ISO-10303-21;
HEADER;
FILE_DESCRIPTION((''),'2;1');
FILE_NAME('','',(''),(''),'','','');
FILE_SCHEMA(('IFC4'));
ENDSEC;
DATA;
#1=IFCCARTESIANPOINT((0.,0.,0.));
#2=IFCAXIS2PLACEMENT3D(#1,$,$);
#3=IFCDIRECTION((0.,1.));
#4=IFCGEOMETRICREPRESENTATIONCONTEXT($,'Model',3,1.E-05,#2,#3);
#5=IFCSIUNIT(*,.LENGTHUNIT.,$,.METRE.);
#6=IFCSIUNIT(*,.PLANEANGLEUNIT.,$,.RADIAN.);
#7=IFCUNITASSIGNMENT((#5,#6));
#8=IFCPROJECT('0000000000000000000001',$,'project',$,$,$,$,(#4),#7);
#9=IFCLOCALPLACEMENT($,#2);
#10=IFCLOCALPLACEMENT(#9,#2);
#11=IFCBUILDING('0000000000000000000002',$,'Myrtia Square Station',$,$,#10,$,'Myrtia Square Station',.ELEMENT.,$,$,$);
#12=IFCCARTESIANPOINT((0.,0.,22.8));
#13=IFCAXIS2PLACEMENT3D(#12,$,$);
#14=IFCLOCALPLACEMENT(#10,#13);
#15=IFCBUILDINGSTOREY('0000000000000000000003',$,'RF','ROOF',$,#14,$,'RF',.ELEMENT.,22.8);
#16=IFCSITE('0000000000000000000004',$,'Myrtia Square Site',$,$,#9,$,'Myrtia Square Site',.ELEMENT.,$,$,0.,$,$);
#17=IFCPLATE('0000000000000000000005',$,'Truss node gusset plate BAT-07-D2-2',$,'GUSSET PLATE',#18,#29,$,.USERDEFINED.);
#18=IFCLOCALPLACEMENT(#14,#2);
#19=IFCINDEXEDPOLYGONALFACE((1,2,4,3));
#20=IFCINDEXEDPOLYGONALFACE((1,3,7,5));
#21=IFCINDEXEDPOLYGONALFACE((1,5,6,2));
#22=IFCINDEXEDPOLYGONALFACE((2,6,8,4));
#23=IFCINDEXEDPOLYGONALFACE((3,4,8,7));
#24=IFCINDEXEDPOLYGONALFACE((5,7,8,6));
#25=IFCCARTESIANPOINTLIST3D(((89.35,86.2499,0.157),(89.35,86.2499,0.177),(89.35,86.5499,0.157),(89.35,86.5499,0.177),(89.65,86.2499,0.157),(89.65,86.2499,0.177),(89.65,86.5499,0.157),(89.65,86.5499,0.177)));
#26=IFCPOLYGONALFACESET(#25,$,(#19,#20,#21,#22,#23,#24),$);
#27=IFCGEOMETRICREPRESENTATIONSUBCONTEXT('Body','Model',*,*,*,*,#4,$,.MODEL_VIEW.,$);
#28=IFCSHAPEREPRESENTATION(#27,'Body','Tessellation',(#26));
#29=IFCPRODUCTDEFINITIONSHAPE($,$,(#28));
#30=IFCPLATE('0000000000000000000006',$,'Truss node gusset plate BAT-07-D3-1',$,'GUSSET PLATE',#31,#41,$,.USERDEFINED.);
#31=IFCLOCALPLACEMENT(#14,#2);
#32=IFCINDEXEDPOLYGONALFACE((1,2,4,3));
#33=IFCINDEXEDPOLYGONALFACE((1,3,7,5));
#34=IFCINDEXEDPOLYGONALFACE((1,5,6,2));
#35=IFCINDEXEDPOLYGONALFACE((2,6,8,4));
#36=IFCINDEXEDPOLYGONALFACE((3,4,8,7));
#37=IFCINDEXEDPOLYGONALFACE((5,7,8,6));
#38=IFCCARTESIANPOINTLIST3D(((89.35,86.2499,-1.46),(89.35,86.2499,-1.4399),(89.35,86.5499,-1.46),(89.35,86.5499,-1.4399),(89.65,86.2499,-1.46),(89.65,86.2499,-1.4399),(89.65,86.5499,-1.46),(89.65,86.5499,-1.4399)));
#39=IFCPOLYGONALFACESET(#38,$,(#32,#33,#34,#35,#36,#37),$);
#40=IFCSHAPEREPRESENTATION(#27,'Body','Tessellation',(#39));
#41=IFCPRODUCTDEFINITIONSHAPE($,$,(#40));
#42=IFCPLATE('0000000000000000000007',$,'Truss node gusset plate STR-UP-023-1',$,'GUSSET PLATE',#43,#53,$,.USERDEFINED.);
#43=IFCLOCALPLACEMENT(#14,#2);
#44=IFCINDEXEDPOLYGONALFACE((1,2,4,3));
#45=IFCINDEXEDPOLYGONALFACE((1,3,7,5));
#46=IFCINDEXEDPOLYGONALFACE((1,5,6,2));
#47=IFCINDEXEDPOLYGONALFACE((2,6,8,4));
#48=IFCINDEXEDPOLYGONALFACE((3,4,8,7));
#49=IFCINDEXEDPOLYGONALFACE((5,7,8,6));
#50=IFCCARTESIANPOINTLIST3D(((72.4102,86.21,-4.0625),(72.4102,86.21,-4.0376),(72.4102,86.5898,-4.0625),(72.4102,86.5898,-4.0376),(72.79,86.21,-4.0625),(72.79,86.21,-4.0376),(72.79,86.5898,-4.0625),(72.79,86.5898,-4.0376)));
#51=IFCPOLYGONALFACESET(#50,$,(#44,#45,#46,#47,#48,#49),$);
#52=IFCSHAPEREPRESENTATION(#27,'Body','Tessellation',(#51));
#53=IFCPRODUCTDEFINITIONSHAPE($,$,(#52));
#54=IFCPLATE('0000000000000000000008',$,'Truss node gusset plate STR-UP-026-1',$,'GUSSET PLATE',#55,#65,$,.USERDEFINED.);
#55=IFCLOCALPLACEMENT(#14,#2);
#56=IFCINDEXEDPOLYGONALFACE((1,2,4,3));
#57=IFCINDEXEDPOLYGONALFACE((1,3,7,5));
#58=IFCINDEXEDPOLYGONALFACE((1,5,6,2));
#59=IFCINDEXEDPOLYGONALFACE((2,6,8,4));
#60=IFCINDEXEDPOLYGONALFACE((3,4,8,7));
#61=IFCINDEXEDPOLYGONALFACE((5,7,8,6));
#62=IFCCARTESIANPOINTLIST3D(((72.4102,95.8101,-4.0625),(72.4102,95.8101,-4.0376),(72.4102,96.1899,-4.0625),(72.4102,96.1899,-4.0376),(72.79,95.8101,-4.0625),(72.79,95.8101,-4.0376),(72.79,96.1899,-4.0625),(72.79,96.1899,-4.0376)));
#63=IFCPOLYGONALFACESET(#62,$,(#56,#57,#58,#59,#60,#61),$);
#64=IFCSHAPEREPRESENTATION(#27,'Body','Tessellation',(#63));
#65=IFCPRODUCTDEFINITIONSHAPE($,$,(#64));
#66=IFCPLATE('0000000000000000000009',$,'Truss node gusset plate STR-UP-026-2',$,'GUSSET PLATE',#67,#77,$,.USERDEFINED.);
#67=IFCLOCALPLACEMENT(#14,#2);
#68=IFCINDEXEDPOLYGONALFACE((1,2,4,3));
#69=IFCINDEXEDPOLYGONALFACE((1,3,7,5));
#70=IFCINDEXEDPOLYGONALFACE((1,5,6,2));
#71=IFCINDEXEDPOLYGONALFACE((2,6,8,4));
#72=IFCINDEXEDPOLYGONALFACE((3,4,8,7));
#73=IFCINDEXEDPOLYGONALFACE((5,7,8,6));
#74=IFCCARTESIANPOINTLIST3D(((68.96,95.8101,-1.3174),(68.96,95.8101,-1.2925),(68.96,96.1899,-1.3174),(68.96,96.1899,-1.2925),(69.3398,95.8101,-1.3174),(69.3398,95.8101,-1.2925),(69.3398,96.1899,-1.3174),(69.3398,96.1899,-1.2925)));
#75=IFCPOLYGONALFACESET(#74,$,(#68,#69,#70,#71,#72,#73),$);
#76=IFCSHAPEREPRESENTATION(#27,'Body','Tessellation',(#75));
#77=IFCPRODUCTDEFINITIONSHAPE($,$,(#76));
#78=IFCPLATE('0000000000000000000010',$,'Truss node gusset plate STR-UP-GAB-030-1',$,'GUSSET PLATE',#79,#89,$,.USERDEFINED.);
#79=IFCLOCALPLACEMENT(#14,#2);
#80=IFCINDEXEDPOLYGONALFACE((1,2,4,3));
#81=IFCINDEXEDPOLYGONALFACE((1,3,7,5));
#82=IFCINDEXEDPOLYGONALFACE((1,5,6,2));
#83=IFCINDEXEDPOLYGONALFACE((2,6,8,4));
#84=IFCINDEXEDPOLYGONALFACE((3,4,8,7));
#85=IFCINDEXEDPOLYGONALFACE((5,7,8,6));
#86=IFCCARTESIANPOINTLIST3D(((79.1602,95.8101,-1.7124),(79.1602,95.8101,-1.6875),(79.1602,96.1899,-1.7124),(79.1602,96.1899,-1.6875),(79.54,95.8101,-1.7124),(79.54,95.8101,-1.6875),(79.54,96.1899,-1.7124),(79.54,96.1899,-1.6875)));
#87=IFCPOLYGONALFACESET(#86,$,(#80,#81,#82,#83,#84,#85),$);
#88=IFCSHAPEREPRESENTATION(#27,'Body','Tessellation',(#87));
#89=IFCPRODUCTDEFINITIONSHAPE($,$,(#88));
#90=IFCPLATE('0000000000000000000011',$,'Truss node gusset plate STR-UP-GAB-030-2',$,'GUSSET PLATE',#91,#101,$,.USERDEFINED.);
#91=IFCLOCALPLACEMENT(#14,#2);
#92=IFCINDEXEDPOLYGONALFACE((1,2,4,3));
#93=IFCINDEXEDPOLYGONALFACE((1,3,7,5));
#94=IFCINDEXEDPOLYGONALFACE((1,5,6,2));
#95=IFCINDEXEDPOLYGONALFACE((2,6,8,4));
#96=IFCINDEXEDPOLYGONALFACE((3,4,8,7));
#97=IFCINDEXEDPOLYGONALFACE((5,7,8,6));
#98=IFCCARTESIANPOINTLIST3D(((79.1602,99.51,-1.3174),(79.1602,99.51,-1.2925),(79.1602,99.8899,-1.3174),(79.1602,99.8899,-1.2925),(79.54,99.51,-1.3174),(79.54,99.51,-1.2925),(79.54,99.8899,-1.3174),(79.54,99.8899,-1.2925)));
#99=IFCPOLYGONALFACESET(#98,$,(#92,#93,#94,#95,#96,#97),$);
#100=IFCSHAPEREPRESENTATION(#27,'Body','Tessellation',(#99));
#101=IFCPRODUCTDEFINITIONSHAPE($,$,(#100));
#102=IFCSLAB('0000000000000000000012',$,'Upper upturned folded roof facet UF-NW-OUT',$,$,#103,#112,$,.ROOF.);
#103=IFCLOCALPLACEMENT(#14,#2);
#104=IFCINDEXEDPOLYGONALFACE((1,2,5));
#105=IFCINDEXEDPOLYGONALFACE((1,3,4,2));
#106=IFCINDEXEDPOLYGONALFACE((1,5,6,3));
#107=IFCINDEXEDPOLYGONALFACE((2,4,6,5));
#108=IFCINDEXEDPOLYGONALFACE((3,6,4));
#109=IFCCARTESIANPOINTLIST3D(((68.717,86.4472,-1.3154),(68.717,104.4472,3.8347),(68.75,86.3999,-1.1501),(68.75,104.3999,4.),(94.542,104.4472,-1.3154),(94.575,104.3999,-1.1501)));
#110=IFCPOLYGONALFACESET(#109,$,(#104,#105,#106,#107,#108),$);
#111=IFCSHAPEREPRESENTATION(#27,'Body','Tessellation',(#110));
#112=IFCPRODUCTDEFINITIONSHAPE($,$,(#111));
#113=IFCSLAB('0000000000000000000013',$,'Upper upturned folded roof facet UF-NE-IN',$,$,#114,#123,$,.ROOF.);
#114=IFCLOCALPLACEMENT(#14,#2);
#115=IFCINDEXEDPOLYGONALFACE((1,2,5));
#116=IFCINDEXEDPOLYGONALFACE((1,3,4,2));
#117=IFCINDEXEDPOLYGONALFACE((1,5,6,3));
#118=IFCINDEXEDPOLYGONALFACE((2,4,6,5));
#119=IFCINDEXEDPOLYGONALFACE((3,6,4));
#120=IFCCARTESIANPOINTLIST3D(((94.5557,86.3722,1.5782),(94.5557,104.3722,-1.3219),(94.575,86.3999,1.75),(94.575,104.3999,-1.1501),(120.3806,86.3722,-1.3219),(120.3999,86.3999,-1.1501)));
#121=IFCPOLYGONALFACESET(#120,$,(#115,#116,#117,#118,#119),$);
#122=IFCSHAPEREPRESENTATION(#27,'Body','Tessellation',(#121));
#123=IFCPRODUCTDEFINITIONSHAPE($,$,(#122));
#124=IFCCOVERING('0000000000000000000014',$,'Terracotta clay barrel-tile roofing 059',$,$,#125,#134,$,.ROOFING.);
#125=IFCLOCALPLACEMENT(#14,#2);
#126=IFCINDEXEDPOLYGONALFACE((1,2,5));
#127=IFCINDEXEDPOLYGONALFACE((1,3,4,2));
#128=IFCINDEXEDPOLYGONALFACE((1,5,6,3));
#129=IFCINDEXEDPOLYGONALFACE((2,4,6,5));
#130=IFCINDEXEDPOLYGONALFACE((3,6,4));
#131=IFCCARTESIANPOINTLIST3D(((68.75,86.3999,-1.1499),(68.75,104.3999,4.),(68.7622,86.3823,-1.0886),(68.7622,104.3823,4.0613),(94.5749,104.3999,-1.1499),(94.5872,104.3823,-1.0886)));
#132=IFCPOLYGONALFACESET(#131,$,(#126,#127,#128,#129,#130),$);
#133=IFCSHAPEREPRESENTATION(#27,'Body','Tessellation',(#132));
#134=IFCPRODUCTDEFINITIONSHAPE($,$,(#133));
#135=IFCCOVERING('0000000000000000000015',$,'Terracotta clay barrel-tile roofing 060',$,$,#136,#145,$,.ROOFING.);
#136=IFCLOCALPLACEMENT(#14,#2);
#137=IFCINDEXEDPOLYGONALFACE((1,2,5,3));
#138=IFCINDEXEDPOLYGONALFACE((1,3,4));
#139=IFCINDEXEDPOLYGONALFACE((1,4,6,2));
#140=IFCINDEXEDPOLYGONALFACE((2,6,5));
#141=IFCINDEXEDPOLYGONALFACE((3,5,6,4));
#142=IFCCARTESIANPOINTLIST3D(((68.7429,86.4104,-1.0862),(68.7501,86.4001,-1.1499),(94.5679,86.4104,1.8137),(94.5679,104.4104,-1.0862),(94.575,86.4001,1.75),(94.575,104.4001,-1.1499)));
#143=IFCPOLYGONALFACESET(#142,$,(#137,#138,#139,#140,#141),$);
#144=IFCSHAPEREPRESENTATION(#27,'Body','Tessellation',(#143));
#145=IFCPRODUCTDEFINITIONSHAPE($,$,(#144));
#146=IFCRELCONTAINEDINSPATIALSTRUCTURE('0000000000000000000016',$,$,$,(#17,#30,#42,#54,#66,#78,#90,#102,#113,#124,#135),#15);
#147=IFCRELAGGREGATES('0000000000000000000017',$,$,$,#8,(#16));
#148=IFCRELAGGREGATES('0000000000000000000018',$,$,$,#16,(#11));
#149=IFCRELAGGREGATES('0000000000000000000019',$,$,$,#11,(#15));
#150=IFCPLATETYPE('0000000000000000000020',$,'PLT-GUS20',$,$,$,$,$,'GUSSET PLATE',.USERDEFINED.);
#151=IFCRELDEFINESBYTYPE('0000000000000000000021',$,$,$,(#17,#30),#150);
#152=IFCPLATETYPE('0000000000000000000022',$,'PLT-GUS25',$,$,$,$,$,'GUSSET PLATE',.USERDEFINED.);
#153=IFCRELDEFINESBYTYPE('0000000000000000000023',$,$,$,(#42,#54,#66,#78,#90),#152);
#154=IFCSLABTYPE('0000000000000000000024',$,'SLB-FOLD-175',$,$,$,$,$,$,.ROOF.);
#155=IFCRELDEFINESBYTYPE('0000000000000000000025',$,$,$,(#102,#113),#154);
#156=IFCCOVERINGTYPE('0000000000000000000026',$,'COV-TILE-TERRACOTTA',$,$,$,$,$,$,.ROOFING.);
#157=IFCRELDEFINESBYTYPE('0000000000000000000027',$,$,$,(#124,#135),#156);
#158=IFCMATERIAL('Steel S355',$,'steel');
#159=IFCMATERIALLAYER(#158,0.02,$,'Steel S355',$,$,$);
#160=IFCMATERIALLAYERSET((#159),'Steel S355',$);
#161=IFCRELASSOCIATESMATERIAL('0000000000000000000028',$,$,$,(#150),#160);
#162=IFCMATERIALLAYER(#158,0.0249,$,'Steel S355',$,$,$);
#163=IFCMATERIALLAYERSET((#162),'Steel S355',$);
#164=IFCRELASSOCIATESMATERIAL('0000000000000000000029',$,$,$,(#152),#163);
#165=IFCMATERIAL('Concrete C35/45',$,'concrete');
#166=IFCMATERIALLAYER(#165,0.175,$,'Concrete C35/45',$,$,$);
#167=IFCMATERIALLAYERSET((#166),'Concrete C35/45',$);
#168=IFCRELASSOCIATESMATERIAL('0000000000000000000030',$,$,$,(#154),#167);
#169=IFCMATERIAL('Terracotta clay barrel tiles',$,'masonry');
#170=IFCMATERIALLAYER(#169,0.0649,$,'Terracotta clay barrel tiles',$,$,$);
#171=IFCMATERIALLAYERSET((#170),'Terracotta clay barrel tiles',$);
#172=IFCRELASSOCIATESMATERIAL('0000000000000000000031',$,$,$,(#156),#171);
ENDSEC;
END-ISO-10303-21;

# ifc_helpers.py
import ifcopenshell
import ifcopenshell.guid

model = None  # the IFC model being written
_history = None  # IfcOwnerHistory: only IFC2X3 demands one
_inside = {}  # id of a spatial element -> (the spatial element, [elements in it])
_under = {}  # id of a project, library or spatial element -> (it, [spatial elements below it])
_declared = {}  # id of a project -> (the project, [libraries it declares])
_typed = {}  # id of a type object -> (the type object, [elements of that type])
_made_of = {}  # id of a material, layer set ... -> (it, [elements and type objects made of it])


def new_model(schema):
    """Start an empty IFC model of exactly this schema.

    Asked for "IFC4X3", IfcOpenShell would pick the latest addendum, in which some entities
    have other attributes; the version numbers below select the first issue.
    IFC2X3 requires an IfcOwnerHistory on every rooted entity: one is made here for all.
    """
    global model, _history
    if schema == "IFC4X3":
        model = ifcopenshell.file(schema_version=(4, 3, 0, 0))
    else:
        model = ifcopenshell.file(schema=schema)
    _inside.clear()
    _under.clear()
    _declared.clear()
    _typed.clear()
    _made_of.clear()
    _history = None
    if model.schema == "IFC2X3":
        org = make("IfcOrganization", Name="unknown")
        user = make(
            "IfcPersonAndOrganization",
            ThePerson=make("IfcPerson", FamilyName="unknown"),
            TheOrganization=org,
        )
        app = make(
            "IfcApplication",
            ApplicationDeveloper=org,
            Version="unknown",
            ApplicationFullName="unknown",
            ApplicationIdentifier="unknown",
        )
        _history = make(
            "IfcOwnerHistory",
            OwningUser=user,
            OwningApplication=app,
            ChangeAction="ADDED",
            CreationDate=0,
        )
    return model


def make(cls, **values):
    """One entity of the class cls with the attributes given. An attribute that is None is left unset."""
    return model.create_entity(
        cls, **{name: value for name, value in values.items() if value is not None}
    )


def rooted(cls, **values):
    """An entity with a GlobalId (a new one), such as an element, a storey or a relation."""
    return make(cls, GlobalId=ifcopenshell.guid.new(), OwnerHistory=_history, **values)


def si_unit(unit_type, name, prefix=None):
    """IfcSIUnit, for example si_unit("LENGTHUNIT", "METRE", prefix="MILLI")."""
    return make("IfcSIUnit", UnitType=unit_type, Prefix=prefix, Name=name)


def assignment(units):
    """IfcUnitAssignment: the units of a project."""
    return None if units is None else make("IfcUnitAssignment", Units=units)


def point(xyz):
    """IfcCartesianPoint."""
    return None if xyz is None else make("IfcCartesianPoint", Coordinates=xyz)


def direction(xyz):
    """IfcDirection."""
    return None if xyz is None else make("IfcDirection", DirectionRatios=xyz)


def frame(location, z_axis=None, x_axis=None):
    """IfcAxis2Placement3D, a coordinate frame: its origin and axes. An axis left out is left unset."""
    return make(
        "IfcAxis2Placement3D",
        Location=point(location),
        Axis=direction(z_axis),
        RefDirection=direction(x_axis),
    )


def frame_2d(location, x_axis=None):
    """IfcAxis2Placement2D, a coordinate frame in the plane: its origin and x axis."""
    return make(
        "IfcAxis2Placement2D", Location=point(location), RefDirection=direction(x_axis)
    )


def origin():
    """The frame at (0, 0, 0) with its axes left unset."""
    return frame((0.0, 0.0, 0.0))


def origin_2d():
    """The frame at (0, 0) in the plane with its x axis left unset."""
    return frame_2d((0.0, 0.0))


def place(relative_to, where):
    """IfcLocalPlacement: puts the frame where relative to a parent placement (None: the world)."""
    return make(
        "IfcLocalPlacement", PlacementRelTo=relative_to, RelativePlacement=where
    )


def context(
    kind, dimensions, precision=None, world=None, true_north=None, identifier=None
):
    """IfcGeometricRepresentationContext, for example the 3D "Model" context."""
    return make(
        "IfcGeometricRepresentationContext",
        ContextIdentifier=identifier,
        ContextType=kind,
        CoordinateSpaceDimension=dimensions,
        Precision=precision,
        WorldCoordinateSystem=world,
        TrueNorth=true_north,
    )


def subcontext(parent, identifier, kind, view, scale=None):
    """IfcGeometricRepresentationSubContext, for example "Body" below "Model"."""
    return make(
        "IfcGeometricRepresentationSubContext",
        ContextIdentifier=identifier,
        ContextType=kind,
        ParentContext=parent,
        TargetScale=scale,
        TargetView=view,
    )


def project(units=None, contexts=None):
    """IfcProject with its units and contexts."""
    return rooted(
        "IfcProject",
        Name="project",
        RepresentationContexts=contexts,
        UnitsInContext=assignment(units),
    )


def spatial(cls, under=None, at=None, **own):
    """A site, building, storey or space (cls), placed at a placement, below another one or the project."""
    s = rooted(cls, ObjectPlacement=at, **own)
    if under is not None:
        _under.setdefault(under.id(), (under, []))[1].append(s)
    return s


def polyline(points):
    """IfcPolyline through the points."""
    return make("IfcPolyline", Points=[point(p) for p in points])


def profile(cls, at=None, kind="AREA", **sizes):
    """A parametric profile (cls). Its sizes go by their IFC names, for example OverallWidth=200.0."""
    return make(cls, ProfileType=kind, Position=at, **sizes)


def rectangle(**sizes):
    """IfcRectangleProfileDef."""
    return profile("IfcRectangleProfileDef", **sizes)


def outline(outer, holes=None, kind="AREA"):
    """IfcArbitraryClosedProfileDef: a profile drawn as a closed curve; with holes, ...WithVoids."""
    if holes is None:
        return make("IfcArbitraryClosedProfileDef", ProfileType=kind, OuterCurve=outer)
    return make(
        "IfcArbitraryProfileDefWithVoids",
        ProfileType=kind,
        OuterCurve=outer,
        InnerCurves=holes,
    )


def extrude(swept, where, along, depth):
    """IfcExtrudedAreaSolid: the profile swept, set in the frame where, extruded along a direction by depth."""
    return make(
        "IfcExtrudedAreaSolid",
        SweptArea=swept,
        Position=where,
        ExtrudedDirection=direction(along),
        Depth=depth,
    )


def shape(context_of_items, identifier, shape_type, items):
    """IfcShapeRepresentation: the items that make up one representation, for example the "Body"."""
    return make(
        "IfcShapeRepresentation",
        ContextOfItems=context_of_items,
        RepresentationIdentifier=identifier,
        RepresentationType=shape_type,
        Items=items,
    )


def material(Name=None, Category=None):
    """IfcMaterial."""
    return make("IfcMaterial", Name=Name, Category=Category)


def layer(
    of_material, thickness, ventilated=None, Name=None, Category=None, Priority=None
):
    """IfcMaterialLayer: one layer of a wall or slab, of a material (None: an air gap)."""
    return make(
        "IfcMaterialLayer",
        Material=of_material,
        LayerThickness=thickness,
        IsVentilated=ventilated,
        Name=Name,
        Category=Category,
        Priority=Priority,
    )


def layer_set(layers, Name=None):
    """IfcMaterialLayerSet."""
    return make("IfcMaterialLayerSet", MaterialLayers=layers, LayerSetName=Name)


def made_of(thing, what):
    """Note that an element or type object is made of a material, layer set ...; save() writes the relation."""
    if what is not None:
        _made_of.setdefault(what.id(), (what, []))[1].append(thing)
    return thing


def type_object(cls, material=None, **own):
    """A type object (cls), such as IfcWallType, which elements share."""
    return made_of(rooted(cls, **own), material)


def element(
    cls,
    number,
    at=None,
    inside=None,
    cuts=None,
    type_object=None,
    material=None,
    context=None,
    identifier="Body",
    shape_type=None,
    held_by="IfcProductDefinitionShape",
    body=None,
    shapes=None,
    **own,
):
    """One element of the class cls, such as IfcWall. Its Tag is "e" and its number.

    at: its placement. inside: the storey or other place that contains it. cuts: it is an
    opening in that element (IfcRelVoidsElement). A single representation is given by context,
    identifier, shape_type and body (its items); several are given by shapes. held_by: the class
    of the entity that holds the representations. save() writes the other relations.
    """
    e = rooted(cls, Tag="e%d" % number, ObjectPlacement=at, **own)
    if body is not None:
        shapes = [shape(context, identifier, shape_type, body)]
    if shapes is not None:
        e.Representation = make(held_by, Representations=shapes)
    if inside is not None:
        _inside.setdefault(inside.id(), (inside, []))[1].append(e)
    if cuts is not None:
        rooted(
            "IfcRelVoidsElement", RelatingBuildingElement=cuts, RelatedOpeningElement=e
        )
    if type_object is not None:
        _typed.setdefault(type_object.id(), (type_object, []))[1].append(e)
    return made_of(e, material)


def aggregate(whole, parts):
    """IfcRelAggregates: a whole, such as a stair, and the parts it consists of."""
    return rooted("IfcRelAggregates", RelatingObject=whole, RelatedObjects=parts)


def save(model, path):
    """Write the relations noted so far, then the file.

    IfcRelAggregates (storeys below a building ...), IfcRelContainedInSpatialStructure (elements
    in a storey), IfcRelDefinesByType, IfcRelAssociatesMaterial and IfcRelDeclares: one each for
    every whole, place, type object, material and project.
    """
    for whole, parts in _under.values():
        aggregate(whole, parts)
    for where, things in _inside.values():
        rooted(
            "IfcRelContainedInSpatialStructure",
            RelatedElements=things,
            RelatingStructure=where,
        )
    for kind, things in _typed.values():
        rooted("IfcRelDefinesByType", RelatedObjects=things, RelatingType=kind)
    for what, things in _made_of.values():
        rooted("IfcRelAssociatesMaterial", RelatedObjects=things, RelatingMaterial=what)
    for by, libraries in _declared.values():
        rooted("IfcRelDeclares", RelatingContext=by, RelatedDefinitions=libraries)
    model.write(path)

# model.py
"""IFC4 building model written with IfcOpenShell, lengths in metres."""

from ifc_helpers import new_model, si_unit, direction, frame, origin, origin_2d, place, context, subcontext, project, spatial, polyline, rectangle, outline, extrude, material, layer, layer_set, type_object, element, save


model = new_model("IFC4")

# Units and contexts
model_context = context("Model", 3, precision=1e-05, world=origin(), true_north=direction((0.0, 1.0)))
body_context = subcontext(model_context, "Body", "Model", "MODEL_VIEW")
ifc_project = project(units=[si_unit("LENGTHUNIT", "METRE"), si_unit("PLANEANGLEUNIT", "RADIAN")], contexts=[model_context])

# Site, building, storey
site_placement = place(None, origin())
site = spatial("IfcSite", under=ifc_project, at=site_placement, Name="Myrtia Square Site", LongName="Myrtia Square Site", CompositionType="ELEMENT", RefElevation=0.0)
building_placement = place(site_placement, origin())
building = spatial("IfcBuilding", under=site, at=building_placement, Name="Myrtia Square Station", LongName="Myrtia Square Station", CompositionType="ELEMENT")
storey_placement = place(building_placement, frame((0.0, 0.0, 22.8)))
storey = spatial("IfcBuildingStorey", under=building, at=storey_placement, Name="RF", Description="ROOF", LongName="RF", CompositionType="ELEMENT", Elevation=22.8)

# Shared definitions
ifc_material_1 = material(Name="Steel S355", Category="steel")

# Plates
ifc_layer_1 = layer(ifc_material_1, 0.02, Name="Steel S355")
ifc_layer_set_1 = layer_set([ifc_layer_1], Name="Steel S355")
plate_type_1 = type_object("IfcPlateType", Name="PLT-GUS20", ElementType="GUSSET PLATE", PredefinedType="USERDEFINED", material=ifc_layer_set_1)
for number, where, z_axis, x_axis, name in (
    (1, (89.5, 86.3999, 0.157), (0.0, 0.0, 1.0), (1.0, 0.0, 0.0), "Truss node gusset plate BAT-07-D2-2"),
    (2, (89.5, 86.3999, -1.46), (0.0, 0.0, 1.0), (1.0, 0.0, 0.0), "Truss node gusset plate BAT-07-D3-1"),
):
    element("IfcPlate", number, at=place(storey_placement, frame(where, z_axis=z_axis, x_axis=x_axis)), inside=storey, type_object=plate_type_1, Name=name, ObjectType="GUSSET PLATE", PredefinedType="USERDEFINED", context=body_context, shape_type="SweptSolid", body=[
        extrude(rectangle(XDim=0.3, YDim=0.3, at=origin_2d()), origin(), (0.0, 0.0, 1.0), 0.02),
    ])
ifc_layer_2 = layer(ifc_material_1, 0.0249, Name="Steel S355")
ifc_layer_set_2 = layer_set([ifc_layer_2], Name="Steel S355")
plate_type_2 = type_object("IfcPlateType", Name="PLT-GUS25", ElementType="GUSSET PLATE", PredefinedType="USERDEFINED", material=ifc_layer_set_2)
for number, where, z_axis, x_axis, name in (
    (3, (72.6001, 86.3999, -4.0625), (0.0, 0.0, 1.0), (-1.0, 0.0, 0.0), "Truss node gusset plate STR-UP-023-1"),
    (4, (72.6001, 96.0, -4.0625), (0.0, 0.0, 1.0), (-1.0, 0.0, 0.0), "Truss node gusset plate STR-UP-026-1"),
    (5, (69.1499, 96.0, -1.3174), (0.0, 0.0, 1.0), (-1.0, 0.0, 0.0), "Truss node gusset plate STR-UP-026-2"),
    (6, (79.3501, 96.0, -1.7124), (0.0, 0.0, 1.0), (0.0, 1.0, 0.0), "Truss node gusset plate STR-UP-GAB-030-1"),
    (7, (79.3501, 99.7, -1.3174), (0.0, 0.0, 1.0), (0.0, 1.0, 0.0), "Truss node gusset plate STR-UP-GAB-030-2"),
):
    element("IfcPlate", number, at=place(storey_placement, frame(where, z_axis=z_axis, x_axis=x_axis)), inside=storey, type_object=plate_type_2, Name=name, ObjectType="GUSSET PLATE", PredefinedType="USERDEFINED", context=body_context, shape_type="SweptSolid", body=[
        extrude(rectangle(XDim=0.3799, YDim=0.3799, at=origin_2d()), origin(), (0.0, 0.0, 1.0), 0.0249),
    ])

# Slabs
ifc_material_2 = material(Name="Concrete C35/45", Category="concrete")
ifc_layer_3 = layer(ifc_material_2, 0.175, Name="Concrete C35/45")
ifc_layer_set_3 = layer_set([ifc_layer_3], Name="Concrete C35/45")
slab_type = type_object("IfcSlabType", Name="SLB-FOLD-175", PredefinedType="ROOF", material=ifc_layer_set_3)
slab_1_placement = place(storey_placement, frame((68.75, 104.3999, 4.0), z_axis=(0.188302, -0.27016, 0.944222), x_axis=(0.0, -0.961421, -0.275081)))
element("IfcSlab", 8, at=slab_1_placement, inside=storey, type_object=slab_type, Name="Upper upturned folded roof facet UF-NW-OUT", PredefinedType="ROOF", context=body_context, shape_type="SweptSolid", body=[
    extrude(outline(polyline([(0.0, 0.0), (18.7223, 0.0), (1.4167, 26.2953), (0.0, 0.0)])), origin(), (0.0, 0.0, -1.0), 0.175),
])
slab_2_placement = place(storey_placement, frame((94.575, 86.3999, 1.75), z_axis=(0.110195, 0.158099, 0.981255), x_axis=(0.993753, 0.0, -0.111599)))
element("IfcSlab", 9, at=slab_2_placement, inside=storey, type_object=slab_type, Name="Upper upturned folded roof facet UF-NE-IN", PredefinedType="ROOF", context=body_context, shape_type="SweptSolid", body=[
    extrude(outline(polyline([(0.0, 0.0), (25.9873, 0.0), (0.3237, 18.2293), (0.0, 0.0)])), origin(), (0.0, 0.0, -1.0), 0.175),
])

# Coverings
ifc_material_3 = material(Name="Terracotta clay barrel tiles", Category="masonry")
ifc_layer_4 = layer(ifc_material_3, 0.0649, Name="Terracotta clay barrel tiles")
ifc_layer_set_4 = layer_set([ifc_layer_4], Name="Terracotta clay barrel tiles")
covering_type = type_object("IfcCoveringType", Name="COV-TILE-TERRACOTTA", PredefinedType="ROOFING", material=ifc_layer_set_4)
covering_1_placement = place(storey_placement, frame((68.7622, 104.3823, 4.0613), z_axis=(0.188294, -0.270149, 0.944227), x_axis=(0.0, -0.961424, -0.275069)))
element("IfcCovering", 10, at=covering_1_placement, inside=storey, type_object=covering_type, Name="Terracotta clay barrel-tile roofing 059", PredefinedType="ROOFING", context=body_context, shape_type="SweptSolid", body=[
    extrude(outline(polyline([(0.0, 0.0), (18.7222, 0.0), (1.4166, 26.2953), (0.0, 0.0)])), origin(), (0.0, 0.0, -1.0), 0.0649),
])
covering_2_placement = place(storey_placement, frame((68.7429, 86.4104, -1.0862), z_axis=(-0.110186, 0.158086, 0.981258), x_axis=(0.993754, 0.0, 0.111589)))
element("IfcCovering", 11, at=covering_2_placement, inside=storey, type_object=covering_type, Name="Terracotta clay barrel-tile roofing 060", PredefinedType="ROOFING", context=body_context, shape_type="SweptSolid", body=[
    extrude(outline(polyline([(0.0, 0.0), (25.9873, 0.0), (25.6637, 18.2292), (0.0, 0.0)])), origin(), (0.0, 0.0, -1.0), 0.0649),
])

save(model, "model.ifc")
